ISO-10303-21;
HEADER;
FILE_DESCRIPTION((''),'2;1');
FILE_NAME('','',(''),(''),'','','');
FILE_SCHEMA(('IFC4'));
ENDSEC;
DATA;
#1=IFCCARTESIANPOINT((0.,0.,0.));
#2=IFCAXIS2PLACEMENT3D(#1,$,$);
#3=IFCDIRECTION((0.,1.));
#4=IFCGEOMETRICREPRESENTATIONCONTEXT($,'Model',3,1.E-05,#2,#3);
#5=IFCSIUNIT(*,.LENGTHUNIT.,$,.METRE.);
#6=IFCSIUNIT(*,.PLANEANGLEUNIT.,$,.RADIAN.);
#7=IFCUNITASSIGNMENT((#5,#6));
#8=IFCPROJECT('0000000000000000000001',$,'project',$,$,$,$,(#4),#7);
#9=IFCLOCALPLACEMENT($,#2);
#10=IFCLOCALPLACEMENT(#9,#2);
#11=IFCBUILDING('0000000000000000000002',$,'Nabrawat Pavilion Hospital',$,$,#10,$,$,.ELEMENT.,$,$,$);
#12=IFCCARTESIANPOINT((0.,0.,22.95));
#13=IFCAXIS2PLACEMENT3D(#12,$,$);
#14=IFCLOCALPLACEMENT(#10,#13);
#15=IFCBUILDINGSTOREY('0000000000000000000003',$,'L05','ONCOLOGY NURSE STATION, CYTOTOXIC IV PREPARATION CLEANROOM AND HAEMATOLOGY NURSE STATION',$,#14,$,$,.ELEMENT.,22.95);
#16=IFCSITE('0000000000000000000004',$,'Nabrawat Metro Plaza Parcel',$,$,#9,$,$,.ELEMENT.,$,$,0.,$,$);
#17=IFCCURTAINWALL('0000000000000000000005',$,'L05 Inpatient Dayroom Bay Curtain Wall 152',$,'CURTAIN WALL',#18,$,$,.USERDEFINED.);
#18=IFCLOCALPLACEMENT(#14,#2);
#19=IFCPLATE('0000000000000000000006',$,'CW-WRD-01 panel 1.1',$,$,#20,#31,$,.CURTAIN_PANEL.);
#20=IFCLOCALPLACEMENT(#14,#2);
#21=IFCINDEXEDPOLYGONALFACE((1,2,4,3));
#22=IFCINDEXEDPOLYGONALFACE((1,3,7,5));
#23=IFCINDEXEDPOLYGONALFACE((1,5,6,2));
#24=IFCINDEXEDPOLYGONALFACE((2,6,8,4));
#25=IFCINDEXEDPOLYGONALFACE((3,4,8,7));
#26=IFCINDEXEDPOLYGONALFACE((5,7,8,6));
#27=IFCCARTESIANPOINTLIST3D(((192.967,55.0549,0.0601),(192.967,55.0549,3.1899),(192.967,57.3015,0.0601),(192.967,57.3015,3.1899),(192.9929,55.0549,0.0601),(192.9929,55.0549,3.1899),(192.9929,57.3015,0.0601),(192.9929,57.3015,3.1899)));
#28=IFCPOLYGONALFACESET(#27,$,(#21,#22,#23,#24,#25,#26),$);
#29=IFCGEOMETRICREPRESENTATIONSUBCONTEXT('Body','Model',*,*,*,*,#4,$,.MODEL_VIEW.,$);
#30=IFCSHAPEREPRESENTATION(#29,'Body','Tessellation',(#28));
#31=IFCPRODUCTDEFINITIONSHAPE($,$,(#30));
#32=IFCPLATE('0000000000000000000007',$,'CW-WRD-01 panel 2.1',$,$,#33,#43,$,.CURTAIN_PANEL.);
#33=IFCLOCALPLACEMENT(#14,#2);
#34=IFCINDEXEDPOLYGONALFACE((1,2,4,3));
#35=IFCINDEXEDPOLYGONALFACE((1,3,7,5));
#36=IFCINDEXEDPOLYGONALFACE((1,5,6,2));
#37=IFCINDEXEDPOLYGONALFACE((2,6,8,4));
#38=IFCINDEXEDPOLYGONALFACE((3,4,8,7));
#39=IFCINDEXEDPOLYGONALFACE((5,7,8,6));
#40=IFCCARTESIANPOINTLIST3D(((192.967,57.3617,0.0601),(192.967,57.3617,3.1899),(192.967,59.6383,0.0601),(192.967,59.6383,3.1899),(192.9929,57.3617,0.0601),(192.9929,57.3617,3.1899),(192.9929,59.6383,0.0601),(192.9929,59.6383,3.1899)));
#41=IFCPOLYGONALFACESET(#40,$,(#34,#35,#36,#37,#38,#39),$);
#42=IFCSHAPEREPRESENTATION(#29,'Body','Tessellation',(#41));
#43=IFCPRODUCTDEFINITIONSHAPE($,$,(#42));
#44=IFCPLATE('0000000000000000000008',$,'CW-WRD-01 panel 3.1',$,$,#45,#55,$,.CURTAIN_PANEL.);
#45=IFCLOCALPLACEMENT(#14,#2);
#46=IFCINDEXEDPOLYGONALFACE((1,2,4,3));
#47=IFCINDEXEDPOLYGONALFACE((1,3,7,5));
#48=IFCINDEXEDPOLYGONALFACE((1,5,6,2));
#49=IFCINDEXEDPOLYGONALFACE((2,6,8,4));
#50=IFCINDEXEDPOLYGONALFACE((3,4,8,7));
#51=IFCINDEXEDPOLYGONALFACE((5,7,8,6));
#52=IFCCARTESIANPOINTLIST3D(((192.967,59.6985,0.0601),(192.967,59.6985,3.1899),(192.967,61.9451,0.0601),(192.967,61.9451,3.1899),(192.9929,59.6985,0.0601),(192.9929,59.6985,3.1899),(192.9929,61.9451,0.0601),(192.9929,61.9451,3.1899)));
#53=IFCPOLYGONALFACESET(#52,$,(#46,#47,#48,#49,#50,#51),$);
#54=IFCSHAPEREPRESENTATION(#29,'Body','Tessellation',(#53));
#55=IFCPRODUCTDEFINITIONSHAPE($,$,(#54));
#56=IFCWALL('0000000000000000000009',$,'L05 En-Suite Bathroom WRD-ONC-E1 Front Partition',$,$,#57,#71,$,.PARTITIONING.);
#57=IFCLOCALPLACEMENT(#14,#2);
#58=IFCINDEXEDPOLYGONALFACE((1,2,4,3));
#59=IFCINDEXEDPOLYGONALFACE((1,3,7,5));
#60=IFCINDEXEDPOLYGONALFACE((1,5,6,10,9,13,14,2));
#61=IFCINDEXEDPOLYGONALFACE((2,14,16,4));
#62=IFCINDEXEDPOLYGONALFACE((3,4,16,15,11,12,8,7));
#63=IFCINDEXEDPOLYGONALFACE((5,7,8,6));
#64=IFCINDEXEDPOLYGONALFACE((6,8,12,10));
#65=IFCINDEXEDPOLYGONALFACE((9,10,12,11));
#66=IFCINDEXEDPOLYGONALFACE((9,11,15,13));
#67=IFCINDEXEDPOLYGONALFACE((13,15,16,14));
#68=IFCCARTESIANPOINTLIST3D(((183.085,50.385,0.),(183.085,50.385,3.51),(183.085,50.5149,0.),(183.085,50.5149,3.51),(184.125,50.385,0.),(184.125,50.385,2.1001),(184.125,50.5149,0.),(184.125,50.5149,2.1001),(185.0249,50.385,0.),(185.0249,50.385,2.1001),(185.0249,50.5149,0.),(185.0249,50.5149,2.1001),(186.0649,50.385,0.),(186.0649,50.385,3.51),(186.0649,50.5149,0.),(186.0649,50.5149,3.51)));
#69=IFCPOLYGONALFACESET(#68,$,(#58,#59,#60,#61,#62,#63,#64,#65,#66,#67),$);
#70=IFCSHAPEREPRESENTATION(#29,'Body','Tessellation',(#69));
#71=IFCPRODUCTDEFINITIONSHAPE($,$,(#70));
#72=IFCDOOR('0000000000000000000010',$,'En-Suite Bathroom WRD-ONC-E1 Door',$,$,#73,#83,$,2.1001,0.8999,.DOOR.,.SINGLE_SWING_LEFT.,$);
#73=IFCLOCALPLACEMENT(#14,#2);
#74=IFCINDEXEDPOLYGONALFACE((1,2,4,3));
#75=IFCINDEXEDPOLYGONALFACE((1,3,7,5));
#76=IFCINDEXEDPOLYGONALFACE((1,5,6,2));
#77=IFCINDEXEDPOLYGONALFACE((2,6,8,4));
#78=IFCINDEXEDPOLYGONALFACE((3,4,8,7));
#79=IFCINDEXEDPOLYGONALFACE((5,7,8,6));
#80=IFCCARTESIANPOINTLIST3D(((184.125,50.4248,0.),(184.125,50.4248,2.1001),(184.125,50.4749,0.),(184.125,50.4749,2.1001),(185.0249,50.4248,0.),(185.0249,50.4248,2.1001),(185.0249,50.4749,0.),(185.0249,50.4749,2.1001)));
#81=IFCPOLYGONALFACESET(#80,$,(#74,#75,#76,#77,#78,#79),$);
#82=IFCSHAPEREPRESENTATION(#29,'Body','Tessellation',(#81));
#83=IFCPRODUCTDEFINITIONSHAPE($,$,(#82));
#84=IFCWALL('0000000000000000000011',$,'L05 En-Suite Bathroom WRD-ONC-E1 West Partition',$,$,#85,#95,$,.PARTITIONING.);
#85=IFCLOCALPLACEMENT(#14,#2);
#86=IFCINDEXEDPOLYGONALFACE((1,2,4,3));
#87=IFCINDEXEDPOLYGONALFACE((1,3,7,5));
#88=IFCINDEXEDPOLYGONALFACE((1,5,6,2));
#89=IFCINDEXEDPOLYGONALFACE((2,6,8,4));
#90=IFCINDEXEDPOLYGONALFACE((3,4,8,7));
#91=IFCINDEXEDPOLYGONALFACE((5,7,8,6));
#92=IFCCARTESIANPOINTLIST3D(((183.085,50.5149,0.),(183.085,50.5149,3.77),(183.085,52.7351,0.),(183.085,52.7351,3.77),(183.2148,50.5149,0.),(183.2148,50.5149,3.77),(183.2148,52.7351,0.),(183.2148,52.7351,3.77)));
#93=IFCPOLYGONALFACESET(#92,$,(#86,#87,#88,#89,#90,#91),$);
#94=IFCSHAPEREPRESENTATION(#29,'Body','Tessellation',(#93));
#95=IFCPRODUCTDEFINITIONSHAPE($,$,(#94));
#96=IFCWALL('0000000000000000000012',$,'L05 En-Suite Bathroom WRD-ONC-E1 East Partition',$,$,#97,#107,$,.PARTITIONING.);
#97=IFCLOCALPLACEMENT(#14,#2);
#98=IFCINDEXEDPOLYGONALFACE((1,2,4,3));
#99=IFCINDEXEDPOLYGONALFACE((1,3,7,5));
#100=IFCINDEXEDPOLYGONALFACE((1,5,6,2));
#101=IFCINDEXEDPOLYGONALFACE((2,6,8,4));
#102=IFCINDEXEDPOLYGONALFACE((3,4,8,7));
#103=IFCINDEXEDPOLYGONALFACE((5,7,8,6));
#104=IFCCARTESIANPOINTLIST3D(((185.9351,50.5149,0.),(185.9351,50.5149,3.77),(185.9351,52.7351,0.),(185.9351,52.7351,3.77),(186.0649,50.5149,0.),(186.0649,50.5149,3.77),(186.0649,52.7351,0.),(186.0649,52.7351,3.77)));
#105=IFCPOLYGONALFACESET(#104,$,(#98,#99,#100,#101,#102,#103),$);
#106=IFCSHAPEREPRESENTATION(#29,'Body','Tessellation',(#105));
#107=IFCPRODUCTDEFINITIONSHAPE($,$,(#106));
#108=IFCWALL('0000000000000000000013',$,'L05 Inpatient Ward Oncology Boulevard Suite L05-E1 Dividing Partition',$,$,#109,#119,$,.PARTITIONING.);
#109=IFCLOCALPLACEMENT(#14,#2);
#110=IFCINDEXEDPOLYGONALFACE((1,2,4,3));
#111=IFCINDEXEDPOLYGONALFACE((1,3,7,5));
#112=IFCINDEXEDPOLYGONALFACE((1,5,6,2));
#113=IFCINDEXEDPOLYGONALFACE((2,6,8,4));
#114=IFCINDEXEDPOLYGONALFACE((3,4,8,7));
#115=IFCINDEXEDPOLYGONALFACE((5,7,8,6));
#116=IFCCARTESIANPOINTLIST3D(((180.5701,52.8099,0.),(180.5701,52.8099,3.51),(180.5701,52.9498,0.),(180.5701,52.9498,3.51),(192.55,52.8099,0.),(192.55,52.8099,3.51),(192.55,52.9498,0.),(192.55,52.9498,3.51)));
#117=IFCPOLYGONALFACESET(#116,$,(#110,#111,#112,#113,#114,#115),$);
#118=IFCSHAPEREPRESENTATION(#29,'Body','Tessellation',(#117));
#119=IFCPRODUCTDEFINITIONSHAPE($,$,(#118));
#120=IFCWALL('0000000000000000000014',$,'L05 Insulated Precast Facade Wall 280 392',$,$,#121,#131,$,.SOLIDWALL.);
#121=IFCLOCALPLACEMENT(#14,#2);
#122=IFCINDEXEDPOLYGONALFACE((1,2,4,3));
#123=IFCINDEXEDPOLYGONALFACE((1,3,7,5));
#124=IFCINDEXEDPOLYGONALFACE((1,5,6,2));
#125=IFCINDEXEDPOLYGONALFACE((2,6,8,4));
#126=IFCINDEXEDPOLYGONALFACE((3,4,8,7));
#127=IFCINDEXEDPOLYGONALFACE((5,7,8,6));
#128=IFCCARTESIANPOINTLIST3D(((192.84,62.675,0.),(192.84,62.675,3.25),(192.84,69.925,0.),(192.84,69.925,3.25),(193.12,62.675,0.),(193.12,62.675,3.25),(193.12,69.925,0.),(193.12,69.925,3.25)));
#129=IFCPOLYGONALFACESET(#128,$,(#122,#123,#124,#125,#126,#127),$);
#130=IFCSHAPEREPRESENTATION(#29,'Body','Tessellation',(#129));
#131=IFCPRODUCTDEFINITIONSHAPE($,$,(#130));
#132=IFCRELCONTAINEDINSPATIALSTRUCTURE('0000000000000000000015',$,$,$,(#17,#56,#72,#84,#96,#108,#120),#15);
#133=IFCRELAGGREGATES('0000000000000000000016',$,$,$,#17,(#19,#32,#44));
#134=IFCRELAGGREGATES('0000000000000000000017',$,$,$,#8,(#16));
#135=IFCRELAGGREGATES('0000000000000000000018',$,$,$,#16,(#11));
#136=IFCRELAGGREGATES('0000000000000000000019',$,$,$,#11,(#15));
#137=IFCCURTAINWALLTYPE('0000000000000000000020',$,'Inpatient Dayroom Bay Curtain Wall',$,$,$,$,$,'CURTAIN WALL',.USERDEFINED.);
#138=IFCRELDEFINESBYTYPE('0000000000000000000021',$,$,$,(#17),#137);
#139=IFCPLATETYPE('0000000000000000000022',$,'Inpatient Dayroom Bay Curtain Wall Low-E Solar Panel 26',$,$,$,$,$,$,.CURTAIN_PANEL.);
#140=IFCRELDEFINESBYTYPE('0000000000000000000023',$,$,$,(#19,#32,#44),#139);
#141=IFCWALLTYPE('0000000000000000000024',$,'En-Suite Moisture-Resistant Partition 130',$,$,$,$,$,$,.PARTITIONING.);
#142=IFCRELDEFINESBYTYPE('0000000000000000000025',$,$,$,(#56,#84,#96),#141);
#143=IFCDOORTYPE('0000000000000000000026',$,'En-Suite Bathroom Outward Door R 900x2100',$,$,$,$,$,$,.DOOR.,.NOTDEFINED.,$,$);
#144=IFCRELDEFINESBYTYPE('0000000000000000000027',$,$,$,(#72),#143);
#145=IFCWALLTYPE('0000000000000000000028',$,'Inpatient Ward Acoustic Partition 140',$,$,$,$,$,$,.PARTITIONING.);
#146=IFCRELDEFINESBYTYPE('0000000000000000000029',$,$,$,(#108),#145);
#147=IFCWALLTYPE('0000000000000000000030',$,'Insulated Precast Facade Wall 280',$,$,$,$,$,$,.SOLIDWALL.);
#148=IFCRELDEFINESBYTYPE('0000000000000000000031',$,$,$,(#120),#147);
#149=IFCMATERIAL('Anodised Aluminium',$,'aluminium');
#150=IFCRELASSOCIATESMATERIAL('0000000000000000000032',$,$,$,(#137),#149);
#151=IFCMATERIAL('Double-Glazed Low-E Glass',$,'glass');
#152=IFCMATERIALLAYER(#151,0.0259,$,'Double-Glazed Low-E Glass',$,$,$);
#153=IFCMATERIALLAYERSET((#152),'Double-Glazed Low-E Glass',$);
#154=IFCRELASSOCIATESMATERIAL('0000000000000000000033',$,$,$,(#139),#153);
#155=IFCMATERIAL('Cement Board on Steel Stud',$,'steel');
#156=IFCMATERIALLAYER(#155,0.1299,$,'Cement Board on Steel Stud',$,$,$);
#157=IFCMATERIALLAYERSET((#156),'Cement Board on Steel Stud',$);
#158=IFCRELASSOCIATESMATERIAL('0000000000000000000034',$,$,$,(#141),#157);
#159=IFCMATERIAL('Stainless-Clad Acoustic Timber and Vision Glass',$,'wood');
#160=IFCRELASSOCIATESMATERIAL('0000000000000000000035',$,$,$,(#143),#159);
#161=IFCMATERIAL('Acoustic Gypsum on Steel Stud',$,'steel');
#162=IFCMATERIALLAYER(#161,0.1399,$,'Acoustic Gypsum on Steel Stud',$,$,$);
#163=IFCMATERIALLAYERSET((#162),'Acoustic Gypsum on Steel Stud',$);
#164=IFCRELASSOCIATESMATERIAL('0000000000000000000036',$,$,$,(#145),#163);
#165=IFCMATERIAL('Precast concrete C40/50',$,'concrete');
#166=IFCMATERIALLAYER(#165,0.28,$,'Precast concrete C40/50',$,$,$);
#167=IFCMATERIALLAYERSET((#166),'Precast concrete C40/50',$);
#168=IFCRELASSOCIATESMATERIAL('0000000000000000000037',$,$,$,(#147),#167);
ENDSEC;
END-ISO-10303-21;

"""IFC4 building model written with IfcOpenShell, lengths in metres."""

from ifc_helpers import new_model, si_unit, direction, frame, frame_2d, origin, origin_2d, place, context, subcontext, project, spatial, rectangle, extrude, material, layer, layer_set, type_object, element, fill, aggregate, save


model = new_model("IFC4")

# Units and contexts
model_context = context("Model", 3, precision=1e-05, world=origin(), true_north=direction((0.0, 1.0)))
body_context = subcontext(model_context, "Body", "Model", "MODEL_VIEW")
ifc_project = project(units=[si_unit("LENGTHUNIT", "METRE"), si_unit("PLANEANGLEUNIT", "RADIAN")], contexts=[model_context])

# Site, building, storey
site_placement = place(None, origin())
site = spatial("IfcSite", under=ifc_project, at=site_placement, Name="Nabrawat Metro Plaza Parcel", CompositionType="ELEMENT", RefElevation=0.0)
building_placement = place(site_placement, origin())
building = spatial("IfcBuilding", under=site, at=building_placement, Name="Nabrawat Pavilion Hospital", CompositionType="ELEMENT")
storey_placement = place(building_placement, frame((0.0, 0.0, 22.95)))
storey = spatial("IfcBuildingStorey", under=building, at=storey_placement, Name="L05", Description="ONCOLOGY NURSE STATION, CYTOTOXIC IV PREPARATION CLEANROOM AND HAEMATOLOGY NURSE STATION", CompositionType="ELEMENT", Elevation=22.95)

# Curtain wall
ifc_material_1 = material(Name="Anodised Aluminium", Category="aluminium")
curtain_wall_type = type_object("IfcCurtainWallType", Name="Inpatient Dayroom Bay Curtain Wall", ElementType="CURTAIN WALL", PredefinedType="USERDEFINED", material=ifc_material_1)
curtain_wall_placement = place(storey_placement, origin())
curtain_wall = element("IfcCurtainWall", 1, at=curtain_wall_placement, inside=storey, type_object=curtain_wall_type, Name="L05 Inpatient Dayroom Bay Curtain Wall 152", ObjectType="CURTAIN WALL", PredefinedType="USERDEFINED")

# Plates
ifc_material_2 = material(Name="Double-Glazed Low-E Glass", Category="glass")
ifc_layer_1 = layer(ifc_material_2, 0.0259, Name="Double-Glazed Low-E Glass")
ifc_layer_set_1 = layer_set([ifc_layer_1], Name="Double-Glazed Low-E Glass")
plate_type = type_object("IfcPlateType", Name="Inpatient Dayroom Bay Curtain Wall Low-E Solar Panel 26", PredefinedType="CURTAIN_PANEL", material=ifc_layer_set_1)
plate_1_placement = place(storey_placement, frame((192.98, 56.1782, 0.0601), z_axis=(0.0, 0.0, 1.0), x_axis=(0.0, 1.0, 0.0)))
plate_1 = element("IfcPlate", 2, at=plate_1_placement, type_object=plate_type, Name="CW-WRD-01 panel 1.1", PredefinedType="CURTAIN_PANEL", context=body_context, shape_type="SweptSolid", body=[
    extrude(rectangle(XDim=2.2466, YDim=0.0259, at=origin_2d()), origin(), (0.0, 0.0, 1.0), 3.1299),
])
plate_2_placement = place(storey_placement, frame((192.98, 58.5, 0.0601), z_axis=(0.0, 0.0, 1.0), x_axis=(0.0, 1.0, 0.0)))
plate_2 = element("IfcPlate", 3, at=plate_2_placement, type_object=plate_type, Name="CW-WRD-01 panel 2.1", PredefinedType="CURTAIN_PANEL", context=body_context, shape_type="SweptSolid", body=[
    extrude(rectangle(XDim=2.2766, YDim=0.0259, at=origin_2d()), origin(), (0.0, 0.0, 1.0), 3.1299),
])
plate_3_placement = place(storey_placement, frame((192.98, 60.8218, 0.0601), z_axis=(0.0, 0.0, 1.0), x_axis=(0.0, 1.0, 0.0)))
plate_3 = element("IfcPlate", 4, at=plate_3_placement, type_object=plate_type, Name="CW-WRD-01 panel 3.1", PredefinedType="CURTAIN_PANEL", context=body_context, shape_type="SweptSolid", body=[
    extrude(rectangle(XDim=2.2466, YDim=0.0259, at=origin_2d()), origin(), (0.0, 0.0, 1.0), 3.1299),
])
aggregate(curtain_wall, [plate_1, plate_2, plate_3])

# Wall, opening, door
ifc_material_3 = material(Name="Cement Board on Steel Stud", Category="steel")
ifc_layer_2 = layer(ifc_material_3, 0.1299, Name="Cement Board on Steel Stud")
ifc_layer_set_2 = layer_set([ifc_layer_2], Name="Cement Board on Steel Stud")
wall_type_1 = type_object("IfcWallType", Name="En-Suite Moisture-Resistant Partition 130", PredefinedType="PARTITIONING", material=ifc_layer_set_2)
wall_1_placement = place(storey_placement, frame((183.085, 50.45, 0.0), z_axis=(0.0, 0.0, 1.0), x_axis=(1.0, 0.0, 0.0)))
wall_1 = element("IfcWall", 5, at=wall_1_placement, inside=storey, type_object=wall_type_1, Name="L05 En-Suite Bathroom WRD-ONC-E1 Front Partition", PredefinedType="PARTITIONING", context=body_context, shape_type="SweptSolid", body=[
    extrude(rectangle(XDim=2.98, YDim=0.1299, at=frame_2d((1.49, 0.0))), origin(), (0.0, 0.0, 1.0), 3.51),
])
opening_placement = place(wall_1_placement, frame((1.04, 0.0, 0.0)))
opening = element("IfcOpeningElement", 6, at=opening_placement, cuts=wall_1, PredefinedType="OPENING", context=body_context, shape_type="SweptSolid", body=[
    extrude(rectangle(XDim=0.8999, YDim=2.1001, at=frame_2d((0.45, 1.05))), frame((0.0, 0.075, 0.0), z_axis=(0.0, -1.0, 0.0), x_axis=(1.0, 0.0, 0.0)), (0.0, 0.0, 1.0), 0.1499),
])
ifc_material_4 = material(Name="Stainless-Clad Acoustic Timber and Vision Glass", Category="wood")
door_type = type_object("IfcDoorType", Name="En-Suite Bathroom Outward Door R 900x2100", OperationType="NOTDEFINED", PredefinedType="DOOR", material=ifc_material_4)
door_placement = place(opening_placement, origin())
door = element("IfcDoor", 7, at=door_placement, inside=storey, type_object=door_type, Name="En-Suite Bathroom WRD-ONC-E1 Door", OperationType="SINGLE_SWING_LEFT", OverallHeight=2.1001, OverallWidth=0.8999, PredefinedType="DOOR", context=body_context, shape_type="SweptSolid", body=[
    extrude(rectangle(XDim=0.8999, YDim=2.1001, at=frame_2d((0.45, 1.05))), frame((0.0, 0.0249, 0.0), z_axis=(0.0, -1.0, 0.0), x_axis=(1.0, 0.0, 0.0)), (0.0, 0.0, 1.0), 0.05),
])
fill(opening, door)

# Walls
for number, where, z_axis, x_axis, name in (
    (8, (183.1499, 50.5149, 0.0), (0.0, 0.0, 1.0), (0.0, 1.0, 0.0), "L05 En-Suite Bathroom WRD-ONC-E1 West Partition"),
    (9, (186.0, 50.5149, 0.0), (0.0, 0.0, 1.0), (0.0, 1.0, 0.0), "L05 En-Suite Bathroom WRD-ONC-E1 East Partition"),
):
    element("IfcWall", number, at=place(storey_placement, frame(where, z_axis=z_axis, x_axis=x_axis)), inside=storey, type_object=wall_type_1, Name=name, PredefinedType="PARTITIONING", context=body_context, shape_type="SweptSolid", body=[
        extrude(rectangle(XDim=2.2202, YDim=0.1299, at=frame_2d((1.1101, 0.0))), origin(), (0.0, 0.0, 1.0), 3.77),
    ])
ifc_material_5 = material(Name="Acoustic Gypsum on Steel Stud", Category="steel")
ifc_layer_3 = layer(ifc_material_5, 0.1399, Name="Acoustic Gypsum on Steel Stud")
ifc_layer_set_3 = layer_set([ifc_layer_3], Name="Acoustic Gypsum on Steel Stud")
wall_type_2 = type_object("IfcWallType", Name="Inpatient Ward Acoustic Partition 140", PredefinedType="PARTITIONING", material=ifc_layer_set_3)
wall_2_placement = place(storey_placement, frame((180.5701, 52.8799, 0.0), z_axis=(0.0, 0.0, 1.0), x_axis=(1.0, 0.0, 0.0)))
element("IfcWall", 10, at=wall_2_placement, inside=storey, type_object=wall_type_2, Name="L05 Inpatient Ward Oncology Boulevard Suite L05-E1 Dividing Partition", PredefinedType="PARTITIONING", context=body_context, shape_type="SweptSolid", body=[
    extrude(rectangle(XDim=11.98, YDim=0.1399, at=frame_2d((5.99, 0.0))), origin(), (0.0, 0.0, 1.0), 3.51),
])
ifc_material_6 = material(Name="Precast concrete C40/50", Category="concrete")
ifc_layer_4 = layer(ifc_material_6, 0.28, Name="Precast concrete C40/50")
ifc_layer_set_4 = layer_set([ifc_layer_4], Name="Precast concrete C40/50")
wall_type_3 = type_object("IfcWallType", Name="Insulated Precast Facade Wall 280", PredefinedType="SOLIDWALL", material=ifc_layer_set_4)
wall_3_placement = place(storey_placement, frame((192.98, 62.675, 0.0), z_axis=(0.0, 0.0, 1.0), x_axis=(0.0, 1.0, 0.0)))
element("IfcWall", 11, at=wall_3_placement, inside=storey, type_object=wall_type_3, Name="L05 Insulated Precast Facade Wall 280 392", PredefinedType="SOLIDWALL", context=body_context, shape_type="SweptSolid", body=[
    extrude(rectangle(XDim=7.25, YDim=0.28, at=frame_2d((3.625, 0.0))), origin(), (0.0, 0.0, 1.0), 3.25),
])

save(model, "model.ifc")
